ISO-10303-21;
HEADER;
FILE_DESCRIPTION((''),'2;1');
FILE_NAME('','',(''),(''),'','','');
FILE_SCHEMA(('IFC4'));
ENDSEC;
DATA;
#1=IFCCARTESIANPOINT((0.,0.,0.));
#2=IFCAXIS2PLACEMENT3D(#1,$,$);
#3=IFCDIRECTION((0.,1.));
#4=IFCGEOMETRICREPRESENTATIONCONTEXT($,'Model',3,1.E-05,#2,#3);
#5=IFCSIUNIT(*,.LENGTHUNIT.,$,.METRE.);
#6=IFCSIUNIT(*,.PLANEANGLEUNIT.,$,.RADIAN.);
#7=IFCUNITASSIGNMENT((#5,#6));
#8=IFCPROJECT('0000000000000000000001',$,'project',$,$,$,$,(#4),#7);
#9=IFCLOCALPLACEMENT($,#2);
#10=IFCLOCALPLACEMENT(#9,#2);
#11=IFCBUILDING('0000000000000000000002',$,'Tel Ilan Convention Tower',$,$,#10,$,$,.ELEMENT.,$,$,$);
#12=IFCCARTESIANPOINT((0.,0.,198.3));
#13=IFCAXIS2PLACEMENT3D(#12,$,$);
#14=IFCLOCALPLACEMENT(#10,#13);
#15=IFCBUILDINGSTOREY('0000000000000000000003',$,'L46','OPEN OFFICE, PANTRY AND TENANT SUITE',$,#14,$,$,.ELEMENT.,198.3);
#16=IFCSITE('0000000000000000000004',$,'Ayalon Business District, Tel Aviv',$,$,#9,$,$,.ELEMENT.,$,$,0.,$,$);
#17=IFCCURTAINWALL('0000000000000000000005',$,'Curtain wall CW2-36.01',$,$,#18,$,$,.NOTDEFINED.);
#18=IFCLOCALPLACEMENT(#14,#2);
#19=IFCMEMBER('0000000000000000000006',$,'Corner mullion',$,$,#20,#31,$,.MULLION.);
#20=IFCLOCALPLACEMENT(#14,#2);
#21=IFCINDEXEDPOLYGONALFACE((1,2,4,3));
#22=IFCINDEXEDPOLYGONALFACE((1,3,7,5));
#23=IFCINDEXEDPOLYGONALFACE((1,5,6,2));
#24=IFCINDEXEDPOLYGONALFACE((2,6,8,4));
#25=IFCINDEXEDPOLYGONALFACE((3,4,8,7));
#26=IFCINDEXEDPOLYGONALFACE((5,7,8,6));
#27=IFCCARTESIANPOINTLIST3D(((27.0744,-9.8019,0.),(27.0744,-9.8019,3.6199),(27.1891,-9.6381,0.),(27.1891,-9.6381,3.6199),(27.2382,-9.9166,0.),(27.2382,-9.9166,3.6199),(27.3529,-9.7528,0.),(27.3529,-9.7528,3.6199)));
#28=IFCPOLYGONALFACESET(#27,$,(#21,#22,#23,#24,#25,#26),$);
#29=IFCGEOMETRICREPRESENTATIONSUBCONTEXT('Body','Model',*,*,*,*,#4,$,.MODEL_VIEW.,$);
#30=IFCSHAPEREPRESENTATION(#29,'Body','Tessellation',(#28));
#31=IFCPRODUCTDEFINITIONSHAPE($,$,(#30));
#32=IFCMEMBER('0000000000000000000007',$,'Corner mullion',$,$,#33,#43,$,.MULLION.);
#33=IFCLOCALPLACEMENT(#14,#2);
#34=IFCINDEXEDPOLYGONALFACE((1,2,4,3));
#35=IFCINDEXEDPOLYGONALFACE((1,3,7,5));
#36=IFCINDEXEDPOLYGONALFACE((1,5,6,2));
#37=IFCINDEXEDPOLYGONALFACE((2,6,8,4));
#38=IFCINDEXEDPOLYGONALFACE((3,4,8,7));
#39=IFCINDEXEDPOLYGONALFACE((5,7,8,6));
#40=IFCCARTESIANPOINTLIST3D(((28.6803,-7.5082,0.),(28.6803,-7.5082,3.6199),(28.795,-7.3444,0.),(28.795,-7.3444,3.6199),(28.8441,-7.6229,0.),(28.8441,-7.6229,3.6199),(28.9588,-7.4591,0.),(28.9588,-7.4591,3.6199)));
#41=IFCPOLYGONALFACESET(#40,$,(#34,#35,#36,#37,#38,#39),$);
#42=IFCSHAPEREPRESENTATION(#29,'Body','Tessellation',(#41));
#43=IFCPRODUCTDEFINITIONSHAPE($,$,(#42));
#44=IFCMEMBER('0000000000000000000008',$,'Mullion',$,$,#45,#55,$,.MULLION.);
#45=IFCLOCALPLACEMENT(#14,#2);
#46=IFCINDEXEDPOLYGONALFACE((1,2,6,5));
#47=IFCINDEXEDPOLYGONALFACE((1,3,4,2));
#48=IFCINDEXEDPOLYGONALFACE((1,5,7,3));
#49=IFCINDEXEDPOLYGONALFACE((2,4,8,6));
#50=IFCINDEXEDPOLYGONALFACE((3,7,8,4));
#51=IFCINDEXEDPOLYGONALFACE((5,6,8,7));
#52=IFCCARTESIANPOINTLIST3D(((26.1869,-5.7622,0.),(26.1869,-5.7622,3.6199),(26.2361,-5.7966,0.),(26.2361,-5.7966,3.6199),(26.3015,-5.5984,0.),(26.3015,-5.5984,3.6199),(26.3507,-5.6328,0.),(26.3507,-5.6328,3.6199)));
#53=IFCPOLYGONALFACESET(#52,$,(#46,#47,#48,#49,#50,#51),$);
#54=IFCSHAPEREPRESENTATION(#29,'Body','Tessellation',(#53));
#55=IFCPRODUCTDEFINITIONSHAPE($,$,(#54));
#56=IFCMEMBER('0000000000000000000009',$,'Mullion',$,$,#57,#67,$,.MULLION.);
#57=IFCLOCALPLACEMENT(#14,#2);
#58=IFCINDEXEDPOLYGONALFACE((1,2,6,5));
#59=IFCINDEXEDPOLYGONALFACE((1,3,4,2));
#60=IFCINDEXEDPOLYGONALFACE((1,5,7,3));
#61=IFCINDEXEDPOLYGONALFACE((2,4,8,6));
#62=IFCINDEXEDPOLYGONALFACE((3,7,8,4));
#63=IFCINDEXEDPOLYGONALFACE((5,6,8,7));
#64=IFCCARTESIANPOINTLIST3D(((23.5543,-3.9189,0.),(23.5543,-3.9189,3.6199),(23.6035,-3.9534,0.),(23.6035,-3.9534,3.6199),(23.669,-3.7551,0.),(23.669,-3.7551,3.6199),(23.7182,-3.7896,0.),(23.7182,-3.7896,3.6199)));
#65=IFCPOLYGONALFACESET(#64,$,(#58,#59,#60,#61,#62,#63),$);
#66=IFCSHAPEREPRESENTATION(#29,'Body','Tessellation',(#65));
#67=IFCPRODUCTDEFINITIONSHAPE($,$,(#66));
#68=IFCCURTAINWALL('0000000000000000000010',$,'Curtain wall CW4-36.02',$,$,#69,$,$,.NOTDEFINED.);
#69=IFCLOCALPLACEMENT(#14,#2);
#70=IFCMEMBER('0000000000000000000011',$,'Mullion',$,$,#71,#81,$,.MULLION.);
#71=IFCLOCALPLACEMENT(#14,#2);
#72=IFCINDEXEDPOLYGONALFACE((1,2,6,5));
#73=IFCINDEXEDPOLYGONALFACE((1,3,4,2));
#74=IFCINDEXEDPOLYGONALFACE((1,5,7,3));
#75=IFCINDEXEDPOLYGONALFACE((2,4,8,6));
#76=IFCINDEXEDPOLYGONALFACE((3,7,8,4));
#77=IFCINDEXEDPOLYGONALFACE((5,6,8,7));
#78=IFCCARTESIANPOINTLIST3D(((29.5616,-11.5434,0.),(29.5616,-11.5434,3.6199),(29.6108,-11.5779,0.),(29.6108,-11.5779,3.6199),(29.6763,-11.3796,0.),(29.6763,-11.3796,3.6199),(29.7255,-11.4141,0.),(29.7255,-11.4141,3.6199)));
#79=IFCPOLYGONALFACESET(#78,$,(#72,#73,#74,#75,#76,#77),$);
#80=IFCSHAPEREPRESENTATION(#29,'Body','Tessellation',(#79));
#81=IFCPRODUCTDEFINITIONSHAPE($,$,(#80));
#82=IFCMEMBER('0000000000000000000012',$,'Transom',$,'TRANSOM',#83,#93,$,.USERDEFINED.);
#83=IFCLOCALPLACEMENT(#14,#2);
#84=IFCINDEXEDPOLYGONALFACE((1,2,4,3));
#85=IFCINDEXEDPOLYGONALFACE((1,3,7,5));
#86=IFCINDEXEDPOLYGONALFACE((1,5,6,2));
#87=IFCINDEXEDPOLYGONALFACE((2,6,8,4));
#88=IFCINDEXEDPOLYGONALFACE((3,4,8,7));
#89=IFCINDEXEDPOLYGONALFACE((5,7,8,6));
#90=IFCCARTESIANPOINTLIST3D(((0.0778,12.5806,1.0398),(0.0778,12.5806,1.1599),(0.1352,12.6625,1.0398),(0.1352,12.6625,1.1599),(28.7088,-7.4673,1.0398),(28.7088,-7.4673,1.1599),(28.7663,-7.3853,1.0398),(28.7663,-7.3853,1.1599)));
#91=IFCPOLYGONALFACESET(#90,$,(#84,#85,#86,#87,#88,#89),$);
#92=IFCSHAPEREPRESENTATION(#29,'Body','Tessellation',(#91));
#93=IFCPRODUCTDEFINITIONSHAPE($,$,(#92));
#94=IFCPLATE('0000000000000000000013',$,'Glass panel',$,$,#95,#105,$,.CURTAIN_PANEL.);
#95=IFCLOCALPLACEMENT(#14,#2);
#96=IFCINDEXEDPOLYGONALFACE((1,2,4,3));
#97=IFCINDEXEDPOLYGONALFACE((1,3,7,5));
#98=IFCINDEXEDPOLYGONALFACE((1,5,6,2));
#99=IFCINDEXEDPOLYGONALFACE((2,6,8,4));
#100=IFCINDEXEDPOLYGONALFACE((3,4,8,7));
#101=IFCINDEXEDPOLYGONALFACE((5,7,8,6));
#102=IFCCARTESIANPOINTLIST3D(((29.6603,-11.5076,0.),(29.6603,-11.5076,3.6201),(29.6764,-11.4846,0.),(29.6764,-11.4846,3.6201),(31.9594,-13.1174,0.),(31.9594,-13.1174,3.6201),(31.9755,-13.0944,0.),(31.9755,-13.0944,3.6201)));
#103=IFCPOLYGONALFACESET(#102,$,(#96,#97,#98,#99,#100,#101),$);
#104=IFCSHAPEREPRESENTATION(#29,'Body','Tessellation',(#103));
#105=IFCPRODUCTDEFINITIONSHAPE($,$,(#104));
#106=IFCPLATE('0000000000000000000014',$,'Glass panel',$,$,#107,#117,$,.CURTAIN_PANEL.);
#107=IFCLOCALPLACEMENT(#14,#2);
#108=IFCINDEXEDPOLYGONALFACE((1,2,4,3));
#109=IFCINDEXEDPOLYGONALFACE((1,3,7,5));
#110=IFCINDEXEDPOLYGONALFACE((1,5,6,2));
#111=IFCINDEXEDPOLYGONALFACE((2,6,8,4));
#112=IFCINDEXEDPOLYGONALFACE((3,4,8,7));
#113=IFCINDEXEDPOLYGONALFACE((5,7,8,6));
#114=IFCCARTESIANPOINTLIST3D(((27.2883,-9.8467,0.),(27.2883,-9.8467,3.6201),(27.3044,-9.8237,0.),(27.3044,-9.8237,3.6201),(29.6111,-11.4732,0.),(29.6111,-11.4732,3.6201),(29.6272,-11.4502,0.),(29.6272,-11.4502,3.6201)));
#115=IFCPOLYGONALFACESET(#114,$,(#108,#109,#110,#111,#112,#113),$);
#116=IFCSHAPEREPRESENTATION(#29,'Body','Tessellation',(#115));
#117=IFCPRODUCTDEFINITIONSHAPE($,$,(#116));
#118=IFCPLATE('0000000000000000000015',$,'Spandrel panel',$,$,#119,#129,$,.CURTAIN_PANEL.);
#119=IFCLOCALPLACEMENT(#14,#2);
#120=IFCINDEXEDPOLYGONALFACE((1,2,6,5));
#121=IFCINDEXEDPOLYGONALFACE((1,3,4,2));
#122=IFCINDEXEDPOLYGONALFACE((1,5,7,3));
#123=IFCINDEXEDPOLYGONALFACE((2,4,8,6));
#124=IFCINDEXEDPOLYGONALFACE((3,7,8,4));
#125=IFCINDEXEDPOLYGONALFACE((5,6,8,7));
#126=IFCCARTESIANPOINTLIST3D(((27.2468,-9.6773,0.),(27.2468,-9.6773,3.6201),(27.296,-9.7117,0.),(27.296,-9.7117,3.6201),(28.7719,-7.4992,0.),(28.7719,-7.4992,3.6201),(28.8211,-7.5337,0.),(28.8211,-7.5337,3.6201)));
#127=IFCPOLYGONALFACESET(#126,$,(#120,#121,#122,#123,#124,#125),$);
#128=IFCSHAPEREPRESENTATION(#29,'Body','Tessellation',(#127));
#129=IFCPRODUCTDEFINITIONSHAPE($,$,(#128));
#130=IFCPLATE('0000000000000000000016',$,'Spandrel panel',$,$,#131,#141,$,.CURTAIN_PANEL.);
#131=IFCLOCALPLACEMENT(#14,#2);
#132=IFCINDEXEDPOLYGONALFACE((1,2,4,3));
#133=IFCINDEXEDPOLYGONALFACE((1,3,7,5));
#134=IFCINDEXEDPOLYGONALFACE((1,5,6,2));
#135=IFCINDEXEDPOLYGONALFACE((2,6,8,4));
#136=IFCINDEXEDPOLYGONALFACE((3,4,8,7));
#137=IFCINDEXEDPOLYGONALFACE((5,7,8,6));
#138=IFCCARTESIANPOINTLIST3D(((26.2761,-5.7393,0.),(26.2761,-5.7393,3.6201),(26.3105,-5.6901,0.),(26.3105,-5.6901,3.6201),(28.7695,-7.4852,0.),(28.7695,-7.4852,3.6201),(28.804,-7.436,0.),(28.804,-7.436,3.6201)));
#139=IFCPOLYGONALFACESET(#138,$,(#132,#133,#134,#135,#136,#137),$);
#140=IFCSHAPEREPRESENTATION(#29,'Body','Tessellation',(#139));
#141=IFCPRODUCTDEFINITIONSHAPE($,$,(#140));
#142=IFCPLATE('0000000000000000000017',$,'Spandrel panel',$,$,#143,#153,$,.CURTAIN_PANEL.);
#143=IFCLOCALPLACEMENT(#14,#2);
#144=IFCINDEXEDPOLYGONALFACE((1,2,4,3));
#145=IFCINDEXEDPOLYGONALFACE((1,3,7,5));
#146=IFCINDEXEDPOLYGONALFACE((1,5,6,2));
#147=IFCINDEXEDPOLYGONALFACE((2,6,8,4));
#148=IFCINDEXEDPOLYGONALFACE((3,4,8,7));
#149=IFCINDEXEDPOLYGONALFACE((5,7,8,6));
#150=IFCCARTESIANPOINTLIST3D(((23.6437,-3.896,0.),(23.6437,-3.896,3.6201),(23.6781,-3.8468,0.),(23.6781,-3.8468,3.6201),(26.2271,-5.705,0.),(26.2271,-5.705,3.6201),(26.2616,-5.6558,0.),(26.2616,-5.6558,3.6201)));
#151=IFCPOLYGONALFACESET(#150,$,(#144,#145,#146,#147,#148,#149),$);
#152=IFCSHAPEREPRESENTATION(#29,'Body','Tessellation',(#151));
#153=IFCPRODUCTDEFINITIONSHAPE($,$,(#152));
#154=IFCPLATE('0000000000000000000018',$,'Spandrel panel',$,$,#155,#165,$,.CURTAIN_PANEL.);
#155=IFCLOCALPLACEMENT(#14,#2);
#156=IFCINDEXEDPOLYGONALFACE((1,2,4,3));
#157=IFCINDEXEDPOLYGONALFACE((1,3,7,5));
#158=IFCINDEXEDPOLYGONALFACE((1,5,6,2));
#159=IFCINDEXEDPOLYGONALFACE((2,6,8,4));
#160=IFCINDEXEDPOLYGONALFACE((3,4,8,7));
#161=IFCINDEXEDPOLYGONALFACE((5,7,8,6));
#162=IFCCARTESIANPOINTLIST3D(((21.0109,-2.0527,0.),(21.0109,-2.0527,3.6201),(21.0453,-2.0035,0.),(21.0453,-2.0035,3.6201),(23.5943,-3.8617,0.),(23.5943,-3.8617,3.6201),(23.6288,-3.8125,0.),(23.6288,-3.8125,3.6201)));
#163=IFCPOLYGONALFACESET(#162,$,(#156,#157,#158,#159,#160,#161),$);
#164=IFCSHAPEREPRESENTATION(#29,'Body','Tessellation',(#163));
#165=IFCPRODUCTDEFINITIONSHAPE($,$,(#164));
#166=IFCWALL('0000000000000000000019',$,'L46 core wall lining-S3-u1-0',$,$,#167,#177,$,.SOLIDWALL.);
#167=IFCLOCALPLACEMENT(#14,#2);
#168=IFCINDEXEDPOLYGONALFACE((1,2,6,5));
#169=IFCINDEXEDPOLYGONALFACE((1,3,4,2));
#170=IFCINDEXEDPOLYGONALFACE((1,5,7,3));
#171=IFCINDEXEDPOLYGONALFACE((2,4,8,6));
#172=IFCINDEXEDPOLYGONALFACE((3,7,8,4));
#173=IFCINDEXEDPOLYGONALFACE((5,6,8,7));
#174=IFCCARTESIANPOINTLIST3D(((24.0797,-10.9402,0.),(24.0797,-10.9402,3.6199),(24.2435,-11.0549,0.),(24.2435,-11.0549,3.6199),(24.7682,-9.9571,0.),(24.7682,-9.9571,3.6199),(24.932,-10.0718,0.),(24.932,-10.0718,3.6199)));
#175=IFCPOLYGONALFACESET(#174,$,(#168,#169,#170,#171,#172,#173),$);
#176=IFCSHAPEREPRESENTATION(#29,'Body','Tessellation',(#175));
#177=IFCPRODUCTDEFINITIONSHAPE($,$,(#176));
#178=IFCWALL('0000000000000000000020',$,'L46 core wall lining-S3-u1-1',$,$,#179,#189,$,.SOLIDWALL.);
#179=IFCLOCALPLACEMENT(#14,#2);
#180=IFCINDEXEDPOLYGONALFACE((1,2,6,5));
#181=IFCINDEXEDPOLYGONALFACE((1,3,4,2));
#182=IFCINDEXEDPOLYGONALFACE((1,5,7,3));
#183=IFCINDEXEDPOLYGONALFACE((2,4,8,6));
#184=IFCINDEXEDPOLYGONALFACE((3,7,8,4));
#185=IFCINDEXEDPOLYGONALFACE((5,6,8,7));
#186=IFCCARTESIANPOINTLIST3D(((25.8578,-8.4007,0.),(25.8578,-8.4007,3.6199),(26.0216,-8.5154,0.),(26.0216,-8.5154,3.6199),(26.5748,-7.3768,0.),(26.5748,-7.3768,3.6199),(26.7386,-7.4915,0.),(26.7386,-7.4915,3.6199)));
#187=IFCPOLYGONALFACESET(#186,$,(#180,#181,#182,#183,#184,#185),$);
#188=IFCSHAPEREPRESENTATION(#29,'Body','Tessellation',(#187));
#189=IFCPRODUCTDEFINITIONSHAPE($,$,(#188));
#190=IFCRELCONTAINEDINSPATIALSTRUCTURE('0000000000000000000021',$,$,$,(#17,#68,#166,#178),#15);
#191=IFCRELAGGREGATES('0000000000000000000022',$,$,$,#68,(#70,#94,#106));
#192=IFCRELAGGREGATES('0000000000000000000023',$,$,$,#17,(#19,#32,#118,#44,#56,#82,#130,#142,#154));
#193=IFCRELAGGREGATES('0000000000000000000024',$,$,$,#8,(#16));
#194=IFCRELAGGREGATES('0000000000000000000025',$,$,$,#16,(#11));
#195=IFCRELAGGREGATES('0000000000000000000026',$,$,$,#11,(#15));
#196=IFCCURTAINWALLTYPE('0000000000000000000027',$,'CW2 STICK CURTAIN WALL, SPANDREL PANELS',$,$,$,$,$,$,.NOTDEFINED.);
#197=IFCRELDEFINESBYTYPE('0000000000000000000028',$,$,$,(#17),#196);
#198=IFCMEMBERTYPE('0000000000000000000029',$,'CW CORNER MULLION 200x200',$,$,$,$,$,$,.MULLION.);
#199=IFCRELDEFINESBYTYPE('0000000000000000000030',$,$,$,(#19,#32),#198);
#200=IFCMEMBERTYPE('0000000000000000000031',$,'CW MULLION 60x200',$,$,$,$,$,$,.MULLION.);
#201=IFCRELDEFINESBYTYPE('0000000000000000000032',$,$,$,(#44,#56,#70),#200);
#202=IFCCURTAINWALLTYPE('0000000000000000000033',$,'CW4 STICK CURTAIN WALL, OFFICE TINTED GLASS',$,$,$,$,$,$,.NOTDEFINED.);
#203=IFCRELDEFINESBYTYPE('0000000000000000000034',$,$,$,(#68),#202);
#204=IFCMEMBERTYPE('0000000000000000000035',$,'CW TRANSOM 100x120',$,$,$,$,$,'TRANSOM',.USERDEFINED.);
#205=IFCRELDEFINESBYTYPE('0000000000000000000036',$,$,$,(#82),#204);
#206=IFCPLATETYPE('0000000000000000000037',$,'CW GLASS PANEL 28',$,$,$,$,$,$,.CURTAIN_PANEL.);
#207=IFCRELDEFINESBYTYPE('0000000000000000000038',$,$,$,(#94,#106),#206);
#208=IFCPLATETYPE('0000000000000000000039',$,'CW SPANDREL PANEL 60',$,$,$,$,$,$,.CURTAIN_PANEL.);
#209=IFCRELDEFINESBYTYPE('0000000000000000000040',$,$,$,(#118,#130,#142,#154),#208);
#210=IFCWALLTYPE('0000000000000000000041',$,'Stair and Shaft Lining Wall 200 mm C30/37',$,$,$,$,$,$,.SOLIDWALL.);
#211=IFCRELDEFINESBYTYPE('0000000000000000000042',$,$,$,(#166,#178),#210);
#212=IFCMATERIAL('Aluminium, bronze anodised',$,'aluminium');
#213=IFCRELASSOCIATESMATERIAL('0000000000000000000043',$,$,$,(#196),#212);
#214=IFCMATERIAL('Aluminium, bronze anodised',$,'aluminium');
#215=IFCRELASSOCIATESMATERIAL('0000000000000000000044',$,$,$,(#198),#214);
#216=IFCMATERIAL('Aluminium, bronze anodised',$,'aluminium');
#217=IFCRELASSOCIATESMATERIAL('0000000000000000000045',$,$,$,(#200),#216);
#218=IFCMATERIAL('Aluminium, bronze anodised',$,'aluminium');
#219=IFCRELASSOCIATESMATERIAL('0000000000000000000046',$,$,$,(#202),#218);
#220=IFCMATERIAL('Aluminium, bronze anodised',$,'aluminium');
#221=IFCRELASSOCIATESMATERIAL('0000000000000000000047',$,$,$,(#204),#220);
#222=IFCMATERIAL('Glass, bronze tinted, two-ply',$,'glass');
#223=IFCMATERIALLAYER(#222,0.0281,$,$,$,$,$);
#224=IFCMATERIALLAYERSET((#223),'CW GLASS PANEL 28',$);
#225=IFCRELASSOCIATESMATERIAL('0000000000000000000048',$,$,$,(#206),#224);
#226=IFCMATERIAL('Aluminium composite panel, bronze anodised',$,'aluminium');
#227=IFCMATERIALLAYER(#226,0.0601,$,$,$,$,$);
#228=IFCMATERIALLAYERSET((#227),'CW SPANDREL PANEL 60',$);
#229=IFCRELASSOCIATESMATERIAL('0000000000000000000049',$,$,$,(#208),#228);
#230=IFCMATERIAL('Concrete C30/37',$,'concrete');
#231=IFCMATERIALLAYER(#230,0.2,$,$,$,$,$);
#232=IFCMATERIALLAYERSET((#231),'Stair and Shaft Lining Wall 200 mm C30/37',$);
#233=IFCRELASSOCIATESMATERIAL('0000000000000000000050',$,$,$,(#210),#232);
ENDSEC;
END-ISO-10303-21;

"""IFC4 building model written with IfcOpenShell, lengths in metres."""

from ifc_helpers import new_model, si_unit, direction, frame, frame_2d, origin, origin_2d, place, context, subcontext, project, spatial, rectangle, extrude, material, layer, layer_set, material_profile, profile_set, type_object, element, aggregate, save


model = new_model("IFC4")

# Units and contexts
model_context = context("Model", 3, precision=1e-05, world=origin(), true_north=direction((0.0, 1.0)))
body_context = subcontext(model_context, "Body", "Model", "MODEL_VIEW")
ifc_project = project(units=[si_unit("LENGTHUNIT", "METRE"), si_unit("PLANEANGLEUNIT", "RADIAN")], contexts=[model_context])

# Site, building, storey
site_placement = place(None, origin())
site = spatial("IfcSite", under=ifc_project, at=site_placement, Name="Ayalon Business District, Tel Aviv", CompositionType="ELEMENT", RefElevation=0.0)
building_placement = place(site_placement, origin())
building = spatial("IfcBuilding", under=site, at=building_placement, Name="Tel Ilan Convention Tower", CompositionType="ELEMENT")
storey_placement = place(building_placement, frame((0.0, 0.0, 198.3)))
storey = spatial("IfcBuildingStorey", under=building, at=storey_placement, Name="L46", Description="OPEN OFFICE, PANTRY AND TENANT SUITE", CompositionType="ELEMENT", Elevation=198.3)

# Curtain wall, members
ifc_material_1 = material(Name="Aluminium, bronze anodised", Category="aluminium")
curtain_wall_type_1 = type_object("IfcCurtainWallType", Name="CW2 STICK CURTAIN WALL, SPANDREL PANELS", PredefinedType="NOTDEFINED", material=ifc_material_1)
curtain_wall_1_placement = place(storey_placement, origin())
curtain_wall_1 = element("IfcCurtainWall", 1, at=curtain_wall_1_placement, inside=storey, type_object=curtain_wall_type_1, Name="Curtain wall CW2-36.01", PredefinedType="NOTDEFINED")
ifc_material_2 = material(Name="Aluminium, bronze anodised", Category="aluminium")
ifc_material_profile_1 = material_profile(ifc_material_2, rectangle(XDim=0.2, YDim=0.2, at=origin_2d()), Name="CW CORNER MULLION 200x200")
ifc_profile_set_1 = profile_set([ifc_material_profile_1], Name="Aluminium, bronze anodised")
member_type_1 = type_object("IfcMemberType", Name="CW CORNER MULLION 200x200", PredefinedType="MULLION", material=ifc_profile_set_1)
member_1_placement = place(storey_placement, frame((27.2136, -9.7773, 0.0), z_axis=(0.0, 0.0, 1.0), x_axis=(-0.819152, 0.573576, 0.0)))
member_1 = element("IfcMember", 2, at=member_1_placement, type_object=member_type_1, Name="Corner mullion", PredefinedType="MULLION", context=body_context, shape_type="SweptSolid", body=[
    extrude(rectangle(XDim=0.2, YDim=0.2, at=origin_2d()), origin(), (0.0, 0.0, 1.0), 3.6199),
])
member_2_placement = place(storey_placement, frame((28.8196, -7.4836, 0.0), z_axis=(0.0, 0.0, 1.0), x_axis=(0.573576, 0.819152, 0.0)))
member_2 = element("IfcMember", 3, at=member_2_placement, type_object=member_type_1, Name="Corner mullion", PredefinedType="MULLION", context=body_context, shape_type="SweptSolid", body=[
    extrude(rectangle(XDim=0.2, YDim=0.2, at=origin_2d()), origin(), (0.0, 0.0, 1.0), 3.6199),
])
ifc_material_3 = material(Name="Aluminium, bronze anodised", Category="aluminium")
ifc_material_profile_2 = material_profile(ifc_material_3, rectangle(XDim=0.0601, YDim=0.2, at=origin_2d()), Name="CW MULLION 60x200")
ifc_profile_set_2 = profile_set([ifc_material_profile_2], Name="Aluminium, bronze anodised")
member_type_2 = type_object("IfcMemberType", Name="CW MULLION 60x200", PredefinedType="MULLION", material=ifc_profile_set_2)
member_3_placement = place(storey_placement, frame((26.2688, -5.6975, 0.0), z_axis=(0.0, 0.0, 1.0), x_axis=(-0.819152, 0.573576, 0.0)))
member_3 = element("IfcMember", 4, at=member_3_placement, type_object=member_type_2, Name="Mullion", PredefinedType="MULLION", context=body_context, shape_type="SweptSolid", body=[
    extrude(rectangle(XDim=0.0601, YDim=0.2, at=origin_2d()), origin(), (0.0, 0.0, 1.0), 3.6199),
])
member_4_placement = place(storey_placement, frame((23.6362, -3.8542, 0.0), z_axis=(0.0, 0.0, 1.0), x_axis=(-0.819152, 0.573576, 0.0)))
member_4 = element("IfcMember", 5, at=member_4_placement, type_object=member_type_2, Name="Mullion", PredefinedType="MULLION", context=body_context, shape_type="SweptSolid", body=[
    extrude(rectangle(XDim=0.0601, YDim=0.2, at=origin_2d()), origin(), (0.0, 0.0, 1.0), 3.6199),
])

# Curtain wall, member
ifc_material_4 = material(Name="Aluminium, bronze anodised", Category="aluminium")
curtain_wall_type_2 = type_object("IfcCurtainWallType", Name="CW4 STICK CURTAIN WALL, OFFICE TINTED GLASS", PredefinedType="NOTDEFINED", material=ifc_material_4)
curtain_wall_2_placement = place(storey_placement, origin())
curtain_wall_2 = element("IfcCurtainWall", 6, at=curtain_wall_2_placement, inside=storey, type_object=curtain_wall_type_2, Name="Curtain wall CW4-36.02", PredefinedType="NOTDEFINED")
member_5_placement = place(storey_placement, frame((29.6436, -11.4788, 0.0), z_axis=(0.0, 0.0, 1.0), x_axis=(-0.819152, 0.573576, 0.0)))
member_5 = element("IfcMember", 7, at=member_5_placement, type_object=member_type_2, Name="Mullion", PredefinedType="MULLION", context=body_context, shape_type="SweptSolid", body=[
    extrude(rectangle(XDim=0.0601, YDim=0.2, at=origin_2d()), origin(), (0.0, 0.0, 1.0), 3.6199),
])

# Member
ifc_material_5 = material(Name="Aluminium, bronze anodised", Category="aluminium")
ifc_material_profile_3 = material_profile(ifc_material_5, rectangle(XDim=0.1001, YDim=0.1201, at=origin_2d()), Name="CW TRANSOM 100x120")
ifc_profile_set_3 = profile_set([ifc_material_profile_3], Name="Aluminium, bronze anodised")
member_type_3 = type_object("IfcMemberType", Name="CW TRANSOM 100x120", ElementType="TRANSOM", PredefinedType="USERDEFINED", material=ifc_profile_set_3)
member_6_placement = place(storey_placement, frame((28.7375, -7.4263, 1.0999), z_axis=(-0.81915, 0.573579, 0.0), x_axis=(-0.573579, -0.81915, 0.0)))
member_6 = element("IfcMember", 8, at=member_6_placement, type_object=member_type_3, Name="Transom", ObjectType="TRANSOM", PredefinedType="USERDEFINED", context=body_context, shape_type="SweptSolid", body=[
    extrude(rectangle(XDim=0.1001, YDim=0.1201, at=origin_2d()), origin(), (0.0, 0.0, 1.0), 34.9521),
])

# Plates
ifc_material_6 = material(Name="Glass, bronze tinted, two-ply", Category="glass")
ifc_layer_1 = layer(ifc_material_6, 0.0281)
ifc_layer_set_1 = layer_set([ifc_layer_1], Name="CW GLASS PANEL 28")
plate_type_1 = type_object("IfcPlateType", Name="CW GLASS PANEL 28", PredefinedType="CURTAIN_PANEL", material=ifc_layer_set_1)
plate_1_placement = place(storey_placement, frame((30.8179, -12.301, 0.0), z_axis=(0.0, 0.0, 1.0), x_axis=(-0.819152, 0.573576, 0.0)))
plate_1 = element("IfcPlate", 9, at=plate_1_placement, type_object=plate_type_1, Name="Glass panel", PredefinedType="CURTAIN_PANEL", context=body_context, shape_type="SweptSolid", body=[
    extrude(rectangle(XDim=2.8066, YDim=0.0281, at=origin_2d()), origin(), (0.0, 0.0, 1.0), 3.6201),
])
plate_2_placement = place(storey_placement, frame((28.4578, -10.6484, 0.0), z_axis=(0.0, 0.0, 1.0), x_axis=(-0.819152, 0.573576, 0.0)))
plate_2 = element("IfcPlate", 10, at=plate_2_placement, type_object=plate_type_1, Name="Glass panel", PredefinedType="CURTAIN_PANEL", context=body_context, shape_type="SweptSolid", body=[
    extrude(rectangle(XDim=2.8357, YDim=0.0281, at=origin_2d()), origin(), (0.0, 0.0, 1.0), 3.6201),
])
aggregate(curtain_wall_2, [member_5, plate_1, plate_2])
ifc_material_7 = material(Name="Aluminium composite panel, bronze anodised", Category="aluminium")
ifc_layer_2 = layer(ifc_material_7, 0.0601)
ifc_layer_set_2 = layer_set([ifc_layer_2], Name="CW SPANDREL PANEL 60")
plate_type_2 = type_object("IfcPlateType", Name="CW SPANDREL PANEL 60", PredefinedType="CURTAIN_PANEL", material=ifc_layer_set_2)
plate_3_placement = place(storey_placement, frame((28.0339, -8.6055, 0.0), z_axis=(0.0, 0.0, 1.0), x_axis=(0.573576, 0.819152, 0.0)))
plate_3 = element("IfcPlate", 11, at=plate_3_placement, type_object=plate_type_2, Name="Spandrel panel", PredefinedType="CURTAIN_PANEL", context=body_context, shape_type="SweptSolid", body=[
    extrude(rectangle(XDim=2.6589, YDim=0.0601, at=origin_2d()), origin(), (0.0, 0.0, 1.0), 3.6201),
])
plate_4_placement = place(storey_placement, frame((27.54, -6.5876, 0.0), z_axis=(0.0, 0.0, 1.0), x_axis=(-0.819152, 0.573576, 0.0)))
plate_4 = element("IfcPlate", 12, at=plate_4_placement, type_object=plate_type_2, Name="Spandrel panel", PredefinedType="CURTAIN_PANEL", context=body_context, shape_type="SweptSolid", body=[
    extrude(rectangle(XDim=3.0439, YDim=0.0601, at=origin_2d()), origin(), (0.0, 0.0, 1.0), 3.6201),
])
plate_5_placement = place(storey_placement, frame((24.9526, -4.7759, 0.0), z_axis=(0.0, 0.0, 1.0), x_axis=(-0.819152, 0.573576, 0.0)))
plate_5 = element("IfcPlate", 13, at=plate_5_placement, type_object=plate_type_2, Name="Spandrel panel", PredefinedType="CURTAIN_PANEL", context=body_context, shape_type="SweptSolid", body=[
    extrude(rectangle(XDim=3.1538, YDim=0.0601, at=origin_2d()), origin(), (0.0, 0.0, 1.0), 3.6201),
])
plate_6_placement = place(storey_placement, frame((22.3198, -2.9326, 0.0), z_axis=(0.0, 0.0, 1.0), x_axis=(-0.819152, 0.573576, 0.0)))
plate_6 = element("IfcPlate", 14, at=plate_6_placement, type_object=plate_type_2, Name="Spandrel panel", PredefinedType="CURTAIN_PANEL", context=body_context, shape_type="SweptSolid", body=[
    extrude(rectangle(XDim=3.1538, YDim=0.0601, at=origin_2d()), origin(), (0.0, 0.0, 1.0), 3.6201),
])
aggregate(curtain_wall_1, [member_1, member_2, plate_3, member_3, member_4, member_6, plate_4, plate_5, plate_6])

# Walls
ifc_material_8 = material(Name="Concrete C30/37", Category="concrete")
ifc_layer_3 = layer(ifc_material_8, 0.2)
ifc_layer_set_3 = layer_set([ifc_layer_3], Name="Stair and Shaft Lining Wall 200 mm C30/37")
wall_type = type_object("IfcWallType", Name="Stair and Shaft Lining Wall 200 mm C30/37", PredefinedType="SOLIDWALL", material=ifc_layer_set_3)
wall_1_placement = place(storey_placement, frame((24.1616, -10.9976, 0.0), z_axis=(0.0, 0.0, 1.0), x_axis=(0.573613, 0.819127, 0.0)))
element("IfcWall", 15, at=wall_1_placement, inside=storey, type_object=wall_type, Name="L46 core wall lining-S3-u1-0", PredefinedType="SOLIDWALL", context=body_context, shape_type="SweptSolid", body=[
    extrude(rectangle(XDim=1.2002, YDim=0.2, at=frame_2d((0.6001, 0.0))), origin(), (0.0, 0.0, 1.0), 3.6199),
])
wall_2_placement = place(storey_placement, frame((25.9397, -8.458, 0.0), z_axis=(0.0, 0.0, 1.0), x_axis=(0.57362, 0.819122, 0.0)))
element("IfcWall", 16, at=wall_2_placement, inside=storey, type_object=wall_type, Name="L46 core wall lining-S3-u1-1", PredefinedType="SOLIDWALL", context=body_context, shape_type="SweptSolid", body=[
    extrude(rectangle(XDim=1.25, YDim=0.2, at=frame_2d((0.625, 0.0))), origin(), (0.0, 0.0, 1.0), 3.6199),
])

save(model, "model.ifc")
